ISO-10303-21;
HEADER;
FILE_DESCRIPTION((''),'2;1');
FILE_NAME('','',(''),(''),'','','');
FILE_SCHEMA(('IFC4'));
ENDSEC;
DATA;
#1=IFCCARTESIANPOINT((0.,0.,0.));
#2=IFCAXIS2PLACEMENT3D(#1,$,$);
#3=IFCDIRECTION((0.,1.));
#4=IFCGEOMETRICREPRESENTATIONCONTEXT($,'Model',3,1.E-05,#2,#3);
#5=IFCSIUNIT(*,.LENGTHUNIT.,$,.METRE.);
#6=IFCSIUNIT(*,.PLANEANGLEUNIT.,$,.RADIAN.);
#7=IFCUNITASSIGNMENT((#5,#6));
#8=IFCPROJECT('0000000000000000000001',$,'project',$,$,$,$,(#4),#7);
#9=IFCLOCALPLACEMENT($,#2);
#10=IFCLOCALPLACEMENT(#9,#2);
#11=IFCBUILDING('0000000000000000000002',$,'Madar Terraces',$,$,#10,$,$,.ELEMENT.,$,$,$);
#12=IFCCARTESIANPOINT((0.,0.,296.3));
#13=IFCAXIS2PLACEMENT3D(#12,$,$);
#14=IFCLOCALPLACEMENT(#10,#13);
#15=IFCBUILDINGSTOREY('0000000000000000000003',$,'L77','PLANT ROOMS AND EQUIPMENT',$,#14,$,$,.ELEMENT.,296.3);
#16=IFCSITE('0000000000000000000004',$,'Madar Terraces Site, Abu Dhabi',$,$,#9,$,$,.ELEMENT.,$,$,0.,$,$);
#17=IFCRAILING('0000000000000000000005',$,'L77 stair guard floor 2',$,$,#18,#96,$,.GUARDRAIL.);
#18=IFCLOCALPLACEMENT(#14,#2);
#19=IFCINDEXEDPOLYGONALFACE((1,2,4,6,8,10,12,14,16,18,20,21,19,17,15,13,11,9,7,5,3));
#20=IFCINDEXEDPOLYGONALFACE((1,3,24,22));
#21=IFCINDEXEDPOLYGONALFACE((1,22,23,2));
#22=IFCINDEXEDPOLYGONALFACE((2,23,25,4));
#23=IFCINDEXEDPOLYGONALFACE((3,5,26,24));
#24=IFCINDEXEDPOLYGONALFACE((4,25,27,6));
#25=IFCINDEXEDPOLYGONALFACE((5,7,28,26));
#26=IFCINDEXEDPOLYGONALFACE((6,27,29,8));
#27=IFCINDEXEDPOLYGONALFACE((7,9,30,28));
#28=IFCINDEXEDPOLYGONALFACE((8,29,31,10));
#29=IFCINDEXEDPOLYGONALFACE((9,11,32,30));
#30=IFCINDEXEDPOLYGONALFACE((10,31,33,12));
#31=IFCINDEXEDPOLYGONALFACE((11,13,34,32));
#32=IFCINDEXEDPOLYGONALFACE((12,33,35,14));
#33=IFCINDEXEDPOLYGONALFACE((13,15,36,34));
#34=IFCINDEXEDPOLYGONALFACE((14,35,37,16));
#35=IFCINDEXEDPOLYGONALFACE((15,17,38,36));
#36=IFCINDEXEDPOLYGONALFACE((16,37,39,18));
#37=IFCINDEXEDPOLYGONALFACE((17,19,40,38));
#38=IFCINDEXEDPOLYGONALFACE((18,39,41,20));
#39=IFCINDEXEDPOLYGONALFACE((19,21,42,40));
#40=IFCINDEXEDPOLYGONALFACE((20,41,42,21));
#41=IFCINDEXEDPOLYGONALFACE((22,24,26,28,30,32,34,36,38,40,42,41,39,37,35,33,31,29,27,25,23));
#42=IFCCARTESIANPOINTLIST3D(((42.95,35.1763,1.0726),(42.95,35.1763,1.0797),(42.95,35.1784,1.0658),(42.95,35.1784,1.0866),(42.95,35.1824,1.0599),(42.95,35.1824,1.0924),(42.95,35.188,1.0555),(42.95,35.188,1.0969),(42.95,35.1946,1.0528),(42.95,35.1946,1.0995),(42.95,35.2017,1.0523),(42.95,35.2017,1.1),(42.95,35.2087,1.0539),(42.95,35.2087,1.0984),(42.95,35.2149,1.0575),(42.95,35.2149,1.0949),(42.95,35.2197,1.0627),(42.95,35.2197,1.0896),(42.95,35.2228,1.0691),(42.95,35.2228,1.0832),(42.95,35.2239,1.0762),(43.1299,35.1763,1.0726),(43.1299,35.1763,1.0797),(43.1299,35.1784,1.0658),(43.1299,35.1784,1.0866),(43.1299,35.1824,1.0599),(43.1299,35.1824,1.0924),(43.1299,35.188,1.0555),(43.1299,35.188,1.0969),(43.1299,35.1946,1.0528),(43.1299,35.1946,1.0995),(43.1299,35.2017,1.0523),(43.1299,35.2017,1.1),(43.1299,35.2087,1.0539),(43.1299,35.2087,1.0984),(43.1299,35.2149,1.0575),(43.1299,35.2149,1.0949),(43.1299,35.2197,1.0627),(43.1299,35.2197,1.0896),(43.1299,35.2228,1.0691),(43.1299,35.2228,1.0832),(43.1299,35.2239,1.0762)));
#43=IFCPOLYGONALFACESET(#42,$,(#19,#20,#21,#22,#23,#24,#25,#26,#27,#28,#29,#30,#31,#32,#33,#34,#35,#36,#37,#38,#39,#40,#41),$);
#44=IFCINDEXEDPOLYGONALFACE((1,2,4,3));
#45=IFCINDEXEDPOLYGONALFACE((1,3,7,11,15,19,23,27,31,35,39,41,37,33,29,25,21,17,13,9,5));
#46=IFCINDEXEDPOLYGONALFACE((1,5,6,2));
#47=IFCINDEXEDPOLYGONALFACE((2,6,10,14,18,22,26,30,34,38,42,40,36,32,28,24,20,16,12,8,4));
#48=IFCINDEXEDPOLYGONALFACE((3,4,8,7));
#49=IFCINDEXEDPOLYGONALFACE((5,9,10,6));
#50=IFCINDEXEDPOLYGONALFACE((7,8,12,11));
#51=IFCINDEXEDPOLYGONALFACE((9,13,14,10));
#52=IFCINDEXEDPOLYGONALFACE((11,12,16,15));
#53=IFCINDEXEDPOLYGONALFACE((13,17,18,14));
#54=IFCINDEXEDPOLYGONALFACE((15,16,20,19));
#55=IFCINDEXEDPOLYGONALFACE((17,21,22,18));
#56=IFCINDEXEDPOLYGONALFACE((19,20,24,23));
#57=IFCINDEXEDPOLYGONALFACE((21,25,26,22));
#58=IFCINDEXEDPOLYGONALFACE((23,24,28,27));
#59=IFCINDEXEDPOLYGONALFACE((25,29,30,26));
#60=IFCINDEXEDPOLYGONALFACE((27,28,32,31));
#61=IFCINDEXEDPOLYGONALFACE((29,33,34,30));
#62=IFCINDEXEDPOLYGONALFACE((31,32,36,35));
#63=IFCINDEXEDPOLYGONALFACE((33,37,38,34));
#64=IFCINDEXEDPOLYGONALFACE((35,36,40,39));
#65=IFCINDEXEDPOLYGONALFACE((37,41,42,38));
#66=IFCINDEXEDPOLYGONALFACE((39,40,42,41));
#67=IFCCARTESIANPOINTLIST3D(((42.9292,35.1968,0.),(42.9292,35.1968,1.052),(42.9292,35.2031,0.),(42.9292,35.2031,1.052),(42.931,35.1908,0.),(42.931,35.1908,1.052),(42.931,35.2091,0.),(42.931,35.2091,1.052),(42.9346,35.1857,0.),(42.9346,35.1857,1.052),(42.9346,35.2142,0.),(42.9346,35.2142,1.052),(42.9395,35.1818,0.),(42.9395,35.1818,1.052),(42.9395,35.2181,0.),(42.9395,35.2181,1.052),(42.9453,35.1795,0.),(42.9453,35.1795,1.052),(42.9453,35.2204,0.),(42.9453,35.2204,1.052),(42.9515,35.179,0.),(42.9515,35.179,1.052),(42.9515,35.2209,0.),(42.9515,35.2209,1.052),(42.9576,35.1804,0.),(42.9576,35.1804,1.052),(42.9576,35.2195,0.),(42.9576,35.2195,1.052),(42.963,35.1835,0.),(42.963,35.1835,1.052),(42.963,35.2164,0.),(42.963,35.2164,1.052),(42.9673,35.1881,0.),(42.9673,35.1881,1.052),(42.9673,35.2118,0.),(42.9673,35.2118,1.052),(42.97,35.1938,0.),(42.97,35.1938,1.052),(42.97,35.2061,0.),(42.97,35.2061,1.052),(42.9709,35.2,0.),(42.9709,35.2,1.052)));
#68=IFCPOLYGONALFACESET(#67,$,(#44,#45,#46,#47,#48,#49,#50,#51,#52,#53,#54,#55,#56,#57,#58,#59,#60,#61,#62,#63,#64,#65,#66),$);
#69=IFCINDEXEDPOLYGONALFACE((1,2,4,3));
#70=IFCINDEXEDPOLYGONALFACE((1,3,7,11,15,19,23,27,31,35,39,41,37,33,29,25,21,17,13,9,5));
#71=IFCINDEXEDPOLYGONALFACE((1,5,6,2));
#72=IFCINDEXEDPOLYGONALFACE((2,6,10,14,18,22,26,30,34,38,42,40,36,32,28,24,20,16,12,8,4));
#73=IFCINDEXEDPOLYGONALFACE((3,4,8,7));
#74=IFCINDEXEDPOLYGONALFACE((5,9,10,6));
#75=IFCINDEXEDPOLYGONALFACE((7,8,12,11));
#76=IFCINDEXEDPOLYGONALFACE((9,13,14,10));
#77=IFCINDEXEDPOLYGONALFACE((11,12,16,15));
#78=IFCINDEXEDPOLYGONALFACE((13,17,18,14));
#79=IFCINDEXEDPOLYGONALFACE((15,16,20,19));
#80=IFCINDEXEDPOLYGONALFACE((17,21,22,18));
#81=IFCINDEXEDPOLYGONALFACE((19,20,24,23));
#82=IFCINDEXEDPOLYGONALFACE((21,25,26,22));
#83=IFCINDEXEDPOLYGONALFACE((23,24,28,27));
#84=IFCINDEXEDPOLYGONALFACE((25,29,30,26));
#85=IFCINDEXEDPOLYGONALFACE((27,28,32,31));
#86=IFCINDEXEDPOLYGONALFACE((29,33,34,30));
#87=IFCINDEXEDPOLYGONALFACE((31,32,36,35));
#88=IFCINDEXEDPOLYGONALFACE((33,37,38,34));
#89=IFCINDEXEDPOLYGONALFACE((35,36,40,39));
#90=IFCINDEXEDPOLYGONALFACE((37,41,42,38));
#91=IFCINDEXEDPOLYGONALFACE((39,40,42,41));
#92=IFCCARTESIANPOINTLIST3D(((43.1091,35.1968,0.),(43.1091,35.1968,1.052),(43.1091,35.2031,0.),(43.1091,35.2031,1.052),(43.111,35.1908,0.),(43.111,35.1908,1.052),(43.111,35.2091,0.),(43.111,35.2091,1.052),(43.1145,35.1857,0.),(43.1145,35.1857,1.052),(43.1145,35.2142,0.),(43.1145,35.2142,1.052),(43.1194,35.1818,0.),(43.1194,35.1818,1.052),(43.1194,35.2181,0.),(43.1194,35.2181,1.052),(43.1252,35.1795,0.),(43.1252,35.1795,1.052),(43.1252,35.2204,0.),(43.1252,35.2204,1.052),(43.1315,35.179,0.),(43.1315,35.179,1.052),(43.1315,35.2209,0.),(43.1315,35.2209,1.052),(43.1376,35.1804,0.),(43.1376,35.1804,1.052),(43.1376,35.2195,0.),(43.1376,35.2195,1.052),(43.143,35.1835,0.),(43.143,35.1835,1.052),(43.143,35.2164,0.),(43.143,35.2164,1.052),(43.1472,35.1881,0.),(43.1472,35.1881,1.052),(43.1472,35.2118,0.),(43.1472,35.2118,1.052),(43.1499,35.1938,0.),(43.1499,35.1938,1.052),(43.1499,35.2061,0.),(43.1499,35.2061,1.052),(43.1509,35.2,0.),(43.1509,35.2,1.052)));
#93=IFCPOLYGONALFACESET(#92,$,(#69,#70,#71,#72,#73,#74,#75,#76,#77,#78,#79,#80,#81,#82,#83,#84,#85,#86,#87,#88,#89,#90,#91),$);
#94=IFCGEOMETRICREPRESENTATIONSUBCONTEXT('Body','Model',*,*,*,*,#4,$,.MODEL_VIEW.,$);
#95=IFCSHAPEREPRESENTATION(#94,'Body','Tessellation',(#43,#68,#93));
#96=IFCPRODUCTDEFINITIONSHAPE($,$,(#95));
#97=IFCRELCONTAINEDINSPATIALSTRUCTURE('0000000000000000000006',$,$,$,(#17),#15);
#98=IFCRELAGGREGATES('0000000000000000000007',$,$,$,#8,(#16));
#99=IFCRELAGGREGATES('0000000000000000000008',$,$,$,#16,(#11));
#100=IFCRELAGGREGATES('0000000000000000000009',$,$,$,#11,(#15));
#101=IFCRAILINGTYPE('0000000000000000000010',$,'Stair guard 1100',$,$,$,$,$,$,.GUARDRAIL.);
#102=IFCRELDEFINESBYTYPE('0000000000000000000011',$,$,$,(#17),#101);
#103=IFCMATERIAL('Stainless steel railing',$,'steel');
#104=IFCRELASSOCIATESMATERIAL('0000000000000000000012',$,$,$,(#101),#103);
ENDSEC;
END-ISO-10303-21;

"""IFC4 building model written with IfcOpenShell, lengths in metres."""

from ifc_helpers import new_model, si_unit, direction, frame, origin, origin_2d, place, context, subcontext, project, spatial, circle, extrude, material, type_object, element, save


model = new_model("IFC4")

# Units and contexts
model_context = context("Model", 3, precision=1e-05, world=origin(), true_north=direction((0.0, 1.0)))
body_context = subcontext(model_context, "Body", "Model", "MODEL_VIEW")
ifc_project = project(units=[si_unit("LENGTHUNIT", "METRE"), si_unit("PLANEANGLEUNIT", "RADIAN")], contexts=[model_context])

# Site, building, storey
site_placement = place(None, origin())
site = spatial("IfcSite", under=ifc_project, at=site_placement, Name="Madar Terraces Site, Abu Dhabi", CompositionType="ELEMENT", RefElevation=0.0)
building_placement = place(site_placement, origin())
building = spatial("IfcBuilding", under=site, at=building_placement, Name="Madar Terraces", CompositionType="ELEMENT")
storey_placement = place(building_placement, frame((0.0, 0.0, 296.3)))
storey = spatial("IfcBuildingStorey", under=building, at=storey_placement, Name="L77", Description="PLANT ROOMS AND EQUIPMENT", CompositionType="ELEMENT", Elevation=296.3)

# Railing
ifc_material_1 = material(Name="Stainless steel railing", Category="steel")
railing_type_1 = type_object("IfcRailingType", Name="Stair guard 1100", PredefinedType="GUARDRAIL", material=ifc_material_1)
railing_1_placement = place(storey_placement, frame((42.95, 35.2, 0.0)))
element("IfcRailing", 1, at=railing_1_placement, inside=storey, type_object=railing_type_1, Name="L77 stair guard floor 2", PredefinedType="GUARDRAIL", context=body_context, shape_type="SweptSolid", body=[
    extrude(circle(Radius=0.0239, at=origin_2d()), frame((0.0, 0.0, 1.0762), z_axis=(1.0, 0.0, 0.0), x_axis=(0.0, 1.0, 0.0)), (0.0, 0.0, 1.0), 0.1799),
    extrude(circle(Radius=0.021, at=origin_2d()), origin(), (0.0, 0.0, 1.0), 1.052),
    extrude(circle(Radius=0.021, at=origin_2d()), frame((0.1799, 0.0, 0.0)), (0.0, 0.0, 1.0), 1.052),
])

save(model, "model.ifc")
